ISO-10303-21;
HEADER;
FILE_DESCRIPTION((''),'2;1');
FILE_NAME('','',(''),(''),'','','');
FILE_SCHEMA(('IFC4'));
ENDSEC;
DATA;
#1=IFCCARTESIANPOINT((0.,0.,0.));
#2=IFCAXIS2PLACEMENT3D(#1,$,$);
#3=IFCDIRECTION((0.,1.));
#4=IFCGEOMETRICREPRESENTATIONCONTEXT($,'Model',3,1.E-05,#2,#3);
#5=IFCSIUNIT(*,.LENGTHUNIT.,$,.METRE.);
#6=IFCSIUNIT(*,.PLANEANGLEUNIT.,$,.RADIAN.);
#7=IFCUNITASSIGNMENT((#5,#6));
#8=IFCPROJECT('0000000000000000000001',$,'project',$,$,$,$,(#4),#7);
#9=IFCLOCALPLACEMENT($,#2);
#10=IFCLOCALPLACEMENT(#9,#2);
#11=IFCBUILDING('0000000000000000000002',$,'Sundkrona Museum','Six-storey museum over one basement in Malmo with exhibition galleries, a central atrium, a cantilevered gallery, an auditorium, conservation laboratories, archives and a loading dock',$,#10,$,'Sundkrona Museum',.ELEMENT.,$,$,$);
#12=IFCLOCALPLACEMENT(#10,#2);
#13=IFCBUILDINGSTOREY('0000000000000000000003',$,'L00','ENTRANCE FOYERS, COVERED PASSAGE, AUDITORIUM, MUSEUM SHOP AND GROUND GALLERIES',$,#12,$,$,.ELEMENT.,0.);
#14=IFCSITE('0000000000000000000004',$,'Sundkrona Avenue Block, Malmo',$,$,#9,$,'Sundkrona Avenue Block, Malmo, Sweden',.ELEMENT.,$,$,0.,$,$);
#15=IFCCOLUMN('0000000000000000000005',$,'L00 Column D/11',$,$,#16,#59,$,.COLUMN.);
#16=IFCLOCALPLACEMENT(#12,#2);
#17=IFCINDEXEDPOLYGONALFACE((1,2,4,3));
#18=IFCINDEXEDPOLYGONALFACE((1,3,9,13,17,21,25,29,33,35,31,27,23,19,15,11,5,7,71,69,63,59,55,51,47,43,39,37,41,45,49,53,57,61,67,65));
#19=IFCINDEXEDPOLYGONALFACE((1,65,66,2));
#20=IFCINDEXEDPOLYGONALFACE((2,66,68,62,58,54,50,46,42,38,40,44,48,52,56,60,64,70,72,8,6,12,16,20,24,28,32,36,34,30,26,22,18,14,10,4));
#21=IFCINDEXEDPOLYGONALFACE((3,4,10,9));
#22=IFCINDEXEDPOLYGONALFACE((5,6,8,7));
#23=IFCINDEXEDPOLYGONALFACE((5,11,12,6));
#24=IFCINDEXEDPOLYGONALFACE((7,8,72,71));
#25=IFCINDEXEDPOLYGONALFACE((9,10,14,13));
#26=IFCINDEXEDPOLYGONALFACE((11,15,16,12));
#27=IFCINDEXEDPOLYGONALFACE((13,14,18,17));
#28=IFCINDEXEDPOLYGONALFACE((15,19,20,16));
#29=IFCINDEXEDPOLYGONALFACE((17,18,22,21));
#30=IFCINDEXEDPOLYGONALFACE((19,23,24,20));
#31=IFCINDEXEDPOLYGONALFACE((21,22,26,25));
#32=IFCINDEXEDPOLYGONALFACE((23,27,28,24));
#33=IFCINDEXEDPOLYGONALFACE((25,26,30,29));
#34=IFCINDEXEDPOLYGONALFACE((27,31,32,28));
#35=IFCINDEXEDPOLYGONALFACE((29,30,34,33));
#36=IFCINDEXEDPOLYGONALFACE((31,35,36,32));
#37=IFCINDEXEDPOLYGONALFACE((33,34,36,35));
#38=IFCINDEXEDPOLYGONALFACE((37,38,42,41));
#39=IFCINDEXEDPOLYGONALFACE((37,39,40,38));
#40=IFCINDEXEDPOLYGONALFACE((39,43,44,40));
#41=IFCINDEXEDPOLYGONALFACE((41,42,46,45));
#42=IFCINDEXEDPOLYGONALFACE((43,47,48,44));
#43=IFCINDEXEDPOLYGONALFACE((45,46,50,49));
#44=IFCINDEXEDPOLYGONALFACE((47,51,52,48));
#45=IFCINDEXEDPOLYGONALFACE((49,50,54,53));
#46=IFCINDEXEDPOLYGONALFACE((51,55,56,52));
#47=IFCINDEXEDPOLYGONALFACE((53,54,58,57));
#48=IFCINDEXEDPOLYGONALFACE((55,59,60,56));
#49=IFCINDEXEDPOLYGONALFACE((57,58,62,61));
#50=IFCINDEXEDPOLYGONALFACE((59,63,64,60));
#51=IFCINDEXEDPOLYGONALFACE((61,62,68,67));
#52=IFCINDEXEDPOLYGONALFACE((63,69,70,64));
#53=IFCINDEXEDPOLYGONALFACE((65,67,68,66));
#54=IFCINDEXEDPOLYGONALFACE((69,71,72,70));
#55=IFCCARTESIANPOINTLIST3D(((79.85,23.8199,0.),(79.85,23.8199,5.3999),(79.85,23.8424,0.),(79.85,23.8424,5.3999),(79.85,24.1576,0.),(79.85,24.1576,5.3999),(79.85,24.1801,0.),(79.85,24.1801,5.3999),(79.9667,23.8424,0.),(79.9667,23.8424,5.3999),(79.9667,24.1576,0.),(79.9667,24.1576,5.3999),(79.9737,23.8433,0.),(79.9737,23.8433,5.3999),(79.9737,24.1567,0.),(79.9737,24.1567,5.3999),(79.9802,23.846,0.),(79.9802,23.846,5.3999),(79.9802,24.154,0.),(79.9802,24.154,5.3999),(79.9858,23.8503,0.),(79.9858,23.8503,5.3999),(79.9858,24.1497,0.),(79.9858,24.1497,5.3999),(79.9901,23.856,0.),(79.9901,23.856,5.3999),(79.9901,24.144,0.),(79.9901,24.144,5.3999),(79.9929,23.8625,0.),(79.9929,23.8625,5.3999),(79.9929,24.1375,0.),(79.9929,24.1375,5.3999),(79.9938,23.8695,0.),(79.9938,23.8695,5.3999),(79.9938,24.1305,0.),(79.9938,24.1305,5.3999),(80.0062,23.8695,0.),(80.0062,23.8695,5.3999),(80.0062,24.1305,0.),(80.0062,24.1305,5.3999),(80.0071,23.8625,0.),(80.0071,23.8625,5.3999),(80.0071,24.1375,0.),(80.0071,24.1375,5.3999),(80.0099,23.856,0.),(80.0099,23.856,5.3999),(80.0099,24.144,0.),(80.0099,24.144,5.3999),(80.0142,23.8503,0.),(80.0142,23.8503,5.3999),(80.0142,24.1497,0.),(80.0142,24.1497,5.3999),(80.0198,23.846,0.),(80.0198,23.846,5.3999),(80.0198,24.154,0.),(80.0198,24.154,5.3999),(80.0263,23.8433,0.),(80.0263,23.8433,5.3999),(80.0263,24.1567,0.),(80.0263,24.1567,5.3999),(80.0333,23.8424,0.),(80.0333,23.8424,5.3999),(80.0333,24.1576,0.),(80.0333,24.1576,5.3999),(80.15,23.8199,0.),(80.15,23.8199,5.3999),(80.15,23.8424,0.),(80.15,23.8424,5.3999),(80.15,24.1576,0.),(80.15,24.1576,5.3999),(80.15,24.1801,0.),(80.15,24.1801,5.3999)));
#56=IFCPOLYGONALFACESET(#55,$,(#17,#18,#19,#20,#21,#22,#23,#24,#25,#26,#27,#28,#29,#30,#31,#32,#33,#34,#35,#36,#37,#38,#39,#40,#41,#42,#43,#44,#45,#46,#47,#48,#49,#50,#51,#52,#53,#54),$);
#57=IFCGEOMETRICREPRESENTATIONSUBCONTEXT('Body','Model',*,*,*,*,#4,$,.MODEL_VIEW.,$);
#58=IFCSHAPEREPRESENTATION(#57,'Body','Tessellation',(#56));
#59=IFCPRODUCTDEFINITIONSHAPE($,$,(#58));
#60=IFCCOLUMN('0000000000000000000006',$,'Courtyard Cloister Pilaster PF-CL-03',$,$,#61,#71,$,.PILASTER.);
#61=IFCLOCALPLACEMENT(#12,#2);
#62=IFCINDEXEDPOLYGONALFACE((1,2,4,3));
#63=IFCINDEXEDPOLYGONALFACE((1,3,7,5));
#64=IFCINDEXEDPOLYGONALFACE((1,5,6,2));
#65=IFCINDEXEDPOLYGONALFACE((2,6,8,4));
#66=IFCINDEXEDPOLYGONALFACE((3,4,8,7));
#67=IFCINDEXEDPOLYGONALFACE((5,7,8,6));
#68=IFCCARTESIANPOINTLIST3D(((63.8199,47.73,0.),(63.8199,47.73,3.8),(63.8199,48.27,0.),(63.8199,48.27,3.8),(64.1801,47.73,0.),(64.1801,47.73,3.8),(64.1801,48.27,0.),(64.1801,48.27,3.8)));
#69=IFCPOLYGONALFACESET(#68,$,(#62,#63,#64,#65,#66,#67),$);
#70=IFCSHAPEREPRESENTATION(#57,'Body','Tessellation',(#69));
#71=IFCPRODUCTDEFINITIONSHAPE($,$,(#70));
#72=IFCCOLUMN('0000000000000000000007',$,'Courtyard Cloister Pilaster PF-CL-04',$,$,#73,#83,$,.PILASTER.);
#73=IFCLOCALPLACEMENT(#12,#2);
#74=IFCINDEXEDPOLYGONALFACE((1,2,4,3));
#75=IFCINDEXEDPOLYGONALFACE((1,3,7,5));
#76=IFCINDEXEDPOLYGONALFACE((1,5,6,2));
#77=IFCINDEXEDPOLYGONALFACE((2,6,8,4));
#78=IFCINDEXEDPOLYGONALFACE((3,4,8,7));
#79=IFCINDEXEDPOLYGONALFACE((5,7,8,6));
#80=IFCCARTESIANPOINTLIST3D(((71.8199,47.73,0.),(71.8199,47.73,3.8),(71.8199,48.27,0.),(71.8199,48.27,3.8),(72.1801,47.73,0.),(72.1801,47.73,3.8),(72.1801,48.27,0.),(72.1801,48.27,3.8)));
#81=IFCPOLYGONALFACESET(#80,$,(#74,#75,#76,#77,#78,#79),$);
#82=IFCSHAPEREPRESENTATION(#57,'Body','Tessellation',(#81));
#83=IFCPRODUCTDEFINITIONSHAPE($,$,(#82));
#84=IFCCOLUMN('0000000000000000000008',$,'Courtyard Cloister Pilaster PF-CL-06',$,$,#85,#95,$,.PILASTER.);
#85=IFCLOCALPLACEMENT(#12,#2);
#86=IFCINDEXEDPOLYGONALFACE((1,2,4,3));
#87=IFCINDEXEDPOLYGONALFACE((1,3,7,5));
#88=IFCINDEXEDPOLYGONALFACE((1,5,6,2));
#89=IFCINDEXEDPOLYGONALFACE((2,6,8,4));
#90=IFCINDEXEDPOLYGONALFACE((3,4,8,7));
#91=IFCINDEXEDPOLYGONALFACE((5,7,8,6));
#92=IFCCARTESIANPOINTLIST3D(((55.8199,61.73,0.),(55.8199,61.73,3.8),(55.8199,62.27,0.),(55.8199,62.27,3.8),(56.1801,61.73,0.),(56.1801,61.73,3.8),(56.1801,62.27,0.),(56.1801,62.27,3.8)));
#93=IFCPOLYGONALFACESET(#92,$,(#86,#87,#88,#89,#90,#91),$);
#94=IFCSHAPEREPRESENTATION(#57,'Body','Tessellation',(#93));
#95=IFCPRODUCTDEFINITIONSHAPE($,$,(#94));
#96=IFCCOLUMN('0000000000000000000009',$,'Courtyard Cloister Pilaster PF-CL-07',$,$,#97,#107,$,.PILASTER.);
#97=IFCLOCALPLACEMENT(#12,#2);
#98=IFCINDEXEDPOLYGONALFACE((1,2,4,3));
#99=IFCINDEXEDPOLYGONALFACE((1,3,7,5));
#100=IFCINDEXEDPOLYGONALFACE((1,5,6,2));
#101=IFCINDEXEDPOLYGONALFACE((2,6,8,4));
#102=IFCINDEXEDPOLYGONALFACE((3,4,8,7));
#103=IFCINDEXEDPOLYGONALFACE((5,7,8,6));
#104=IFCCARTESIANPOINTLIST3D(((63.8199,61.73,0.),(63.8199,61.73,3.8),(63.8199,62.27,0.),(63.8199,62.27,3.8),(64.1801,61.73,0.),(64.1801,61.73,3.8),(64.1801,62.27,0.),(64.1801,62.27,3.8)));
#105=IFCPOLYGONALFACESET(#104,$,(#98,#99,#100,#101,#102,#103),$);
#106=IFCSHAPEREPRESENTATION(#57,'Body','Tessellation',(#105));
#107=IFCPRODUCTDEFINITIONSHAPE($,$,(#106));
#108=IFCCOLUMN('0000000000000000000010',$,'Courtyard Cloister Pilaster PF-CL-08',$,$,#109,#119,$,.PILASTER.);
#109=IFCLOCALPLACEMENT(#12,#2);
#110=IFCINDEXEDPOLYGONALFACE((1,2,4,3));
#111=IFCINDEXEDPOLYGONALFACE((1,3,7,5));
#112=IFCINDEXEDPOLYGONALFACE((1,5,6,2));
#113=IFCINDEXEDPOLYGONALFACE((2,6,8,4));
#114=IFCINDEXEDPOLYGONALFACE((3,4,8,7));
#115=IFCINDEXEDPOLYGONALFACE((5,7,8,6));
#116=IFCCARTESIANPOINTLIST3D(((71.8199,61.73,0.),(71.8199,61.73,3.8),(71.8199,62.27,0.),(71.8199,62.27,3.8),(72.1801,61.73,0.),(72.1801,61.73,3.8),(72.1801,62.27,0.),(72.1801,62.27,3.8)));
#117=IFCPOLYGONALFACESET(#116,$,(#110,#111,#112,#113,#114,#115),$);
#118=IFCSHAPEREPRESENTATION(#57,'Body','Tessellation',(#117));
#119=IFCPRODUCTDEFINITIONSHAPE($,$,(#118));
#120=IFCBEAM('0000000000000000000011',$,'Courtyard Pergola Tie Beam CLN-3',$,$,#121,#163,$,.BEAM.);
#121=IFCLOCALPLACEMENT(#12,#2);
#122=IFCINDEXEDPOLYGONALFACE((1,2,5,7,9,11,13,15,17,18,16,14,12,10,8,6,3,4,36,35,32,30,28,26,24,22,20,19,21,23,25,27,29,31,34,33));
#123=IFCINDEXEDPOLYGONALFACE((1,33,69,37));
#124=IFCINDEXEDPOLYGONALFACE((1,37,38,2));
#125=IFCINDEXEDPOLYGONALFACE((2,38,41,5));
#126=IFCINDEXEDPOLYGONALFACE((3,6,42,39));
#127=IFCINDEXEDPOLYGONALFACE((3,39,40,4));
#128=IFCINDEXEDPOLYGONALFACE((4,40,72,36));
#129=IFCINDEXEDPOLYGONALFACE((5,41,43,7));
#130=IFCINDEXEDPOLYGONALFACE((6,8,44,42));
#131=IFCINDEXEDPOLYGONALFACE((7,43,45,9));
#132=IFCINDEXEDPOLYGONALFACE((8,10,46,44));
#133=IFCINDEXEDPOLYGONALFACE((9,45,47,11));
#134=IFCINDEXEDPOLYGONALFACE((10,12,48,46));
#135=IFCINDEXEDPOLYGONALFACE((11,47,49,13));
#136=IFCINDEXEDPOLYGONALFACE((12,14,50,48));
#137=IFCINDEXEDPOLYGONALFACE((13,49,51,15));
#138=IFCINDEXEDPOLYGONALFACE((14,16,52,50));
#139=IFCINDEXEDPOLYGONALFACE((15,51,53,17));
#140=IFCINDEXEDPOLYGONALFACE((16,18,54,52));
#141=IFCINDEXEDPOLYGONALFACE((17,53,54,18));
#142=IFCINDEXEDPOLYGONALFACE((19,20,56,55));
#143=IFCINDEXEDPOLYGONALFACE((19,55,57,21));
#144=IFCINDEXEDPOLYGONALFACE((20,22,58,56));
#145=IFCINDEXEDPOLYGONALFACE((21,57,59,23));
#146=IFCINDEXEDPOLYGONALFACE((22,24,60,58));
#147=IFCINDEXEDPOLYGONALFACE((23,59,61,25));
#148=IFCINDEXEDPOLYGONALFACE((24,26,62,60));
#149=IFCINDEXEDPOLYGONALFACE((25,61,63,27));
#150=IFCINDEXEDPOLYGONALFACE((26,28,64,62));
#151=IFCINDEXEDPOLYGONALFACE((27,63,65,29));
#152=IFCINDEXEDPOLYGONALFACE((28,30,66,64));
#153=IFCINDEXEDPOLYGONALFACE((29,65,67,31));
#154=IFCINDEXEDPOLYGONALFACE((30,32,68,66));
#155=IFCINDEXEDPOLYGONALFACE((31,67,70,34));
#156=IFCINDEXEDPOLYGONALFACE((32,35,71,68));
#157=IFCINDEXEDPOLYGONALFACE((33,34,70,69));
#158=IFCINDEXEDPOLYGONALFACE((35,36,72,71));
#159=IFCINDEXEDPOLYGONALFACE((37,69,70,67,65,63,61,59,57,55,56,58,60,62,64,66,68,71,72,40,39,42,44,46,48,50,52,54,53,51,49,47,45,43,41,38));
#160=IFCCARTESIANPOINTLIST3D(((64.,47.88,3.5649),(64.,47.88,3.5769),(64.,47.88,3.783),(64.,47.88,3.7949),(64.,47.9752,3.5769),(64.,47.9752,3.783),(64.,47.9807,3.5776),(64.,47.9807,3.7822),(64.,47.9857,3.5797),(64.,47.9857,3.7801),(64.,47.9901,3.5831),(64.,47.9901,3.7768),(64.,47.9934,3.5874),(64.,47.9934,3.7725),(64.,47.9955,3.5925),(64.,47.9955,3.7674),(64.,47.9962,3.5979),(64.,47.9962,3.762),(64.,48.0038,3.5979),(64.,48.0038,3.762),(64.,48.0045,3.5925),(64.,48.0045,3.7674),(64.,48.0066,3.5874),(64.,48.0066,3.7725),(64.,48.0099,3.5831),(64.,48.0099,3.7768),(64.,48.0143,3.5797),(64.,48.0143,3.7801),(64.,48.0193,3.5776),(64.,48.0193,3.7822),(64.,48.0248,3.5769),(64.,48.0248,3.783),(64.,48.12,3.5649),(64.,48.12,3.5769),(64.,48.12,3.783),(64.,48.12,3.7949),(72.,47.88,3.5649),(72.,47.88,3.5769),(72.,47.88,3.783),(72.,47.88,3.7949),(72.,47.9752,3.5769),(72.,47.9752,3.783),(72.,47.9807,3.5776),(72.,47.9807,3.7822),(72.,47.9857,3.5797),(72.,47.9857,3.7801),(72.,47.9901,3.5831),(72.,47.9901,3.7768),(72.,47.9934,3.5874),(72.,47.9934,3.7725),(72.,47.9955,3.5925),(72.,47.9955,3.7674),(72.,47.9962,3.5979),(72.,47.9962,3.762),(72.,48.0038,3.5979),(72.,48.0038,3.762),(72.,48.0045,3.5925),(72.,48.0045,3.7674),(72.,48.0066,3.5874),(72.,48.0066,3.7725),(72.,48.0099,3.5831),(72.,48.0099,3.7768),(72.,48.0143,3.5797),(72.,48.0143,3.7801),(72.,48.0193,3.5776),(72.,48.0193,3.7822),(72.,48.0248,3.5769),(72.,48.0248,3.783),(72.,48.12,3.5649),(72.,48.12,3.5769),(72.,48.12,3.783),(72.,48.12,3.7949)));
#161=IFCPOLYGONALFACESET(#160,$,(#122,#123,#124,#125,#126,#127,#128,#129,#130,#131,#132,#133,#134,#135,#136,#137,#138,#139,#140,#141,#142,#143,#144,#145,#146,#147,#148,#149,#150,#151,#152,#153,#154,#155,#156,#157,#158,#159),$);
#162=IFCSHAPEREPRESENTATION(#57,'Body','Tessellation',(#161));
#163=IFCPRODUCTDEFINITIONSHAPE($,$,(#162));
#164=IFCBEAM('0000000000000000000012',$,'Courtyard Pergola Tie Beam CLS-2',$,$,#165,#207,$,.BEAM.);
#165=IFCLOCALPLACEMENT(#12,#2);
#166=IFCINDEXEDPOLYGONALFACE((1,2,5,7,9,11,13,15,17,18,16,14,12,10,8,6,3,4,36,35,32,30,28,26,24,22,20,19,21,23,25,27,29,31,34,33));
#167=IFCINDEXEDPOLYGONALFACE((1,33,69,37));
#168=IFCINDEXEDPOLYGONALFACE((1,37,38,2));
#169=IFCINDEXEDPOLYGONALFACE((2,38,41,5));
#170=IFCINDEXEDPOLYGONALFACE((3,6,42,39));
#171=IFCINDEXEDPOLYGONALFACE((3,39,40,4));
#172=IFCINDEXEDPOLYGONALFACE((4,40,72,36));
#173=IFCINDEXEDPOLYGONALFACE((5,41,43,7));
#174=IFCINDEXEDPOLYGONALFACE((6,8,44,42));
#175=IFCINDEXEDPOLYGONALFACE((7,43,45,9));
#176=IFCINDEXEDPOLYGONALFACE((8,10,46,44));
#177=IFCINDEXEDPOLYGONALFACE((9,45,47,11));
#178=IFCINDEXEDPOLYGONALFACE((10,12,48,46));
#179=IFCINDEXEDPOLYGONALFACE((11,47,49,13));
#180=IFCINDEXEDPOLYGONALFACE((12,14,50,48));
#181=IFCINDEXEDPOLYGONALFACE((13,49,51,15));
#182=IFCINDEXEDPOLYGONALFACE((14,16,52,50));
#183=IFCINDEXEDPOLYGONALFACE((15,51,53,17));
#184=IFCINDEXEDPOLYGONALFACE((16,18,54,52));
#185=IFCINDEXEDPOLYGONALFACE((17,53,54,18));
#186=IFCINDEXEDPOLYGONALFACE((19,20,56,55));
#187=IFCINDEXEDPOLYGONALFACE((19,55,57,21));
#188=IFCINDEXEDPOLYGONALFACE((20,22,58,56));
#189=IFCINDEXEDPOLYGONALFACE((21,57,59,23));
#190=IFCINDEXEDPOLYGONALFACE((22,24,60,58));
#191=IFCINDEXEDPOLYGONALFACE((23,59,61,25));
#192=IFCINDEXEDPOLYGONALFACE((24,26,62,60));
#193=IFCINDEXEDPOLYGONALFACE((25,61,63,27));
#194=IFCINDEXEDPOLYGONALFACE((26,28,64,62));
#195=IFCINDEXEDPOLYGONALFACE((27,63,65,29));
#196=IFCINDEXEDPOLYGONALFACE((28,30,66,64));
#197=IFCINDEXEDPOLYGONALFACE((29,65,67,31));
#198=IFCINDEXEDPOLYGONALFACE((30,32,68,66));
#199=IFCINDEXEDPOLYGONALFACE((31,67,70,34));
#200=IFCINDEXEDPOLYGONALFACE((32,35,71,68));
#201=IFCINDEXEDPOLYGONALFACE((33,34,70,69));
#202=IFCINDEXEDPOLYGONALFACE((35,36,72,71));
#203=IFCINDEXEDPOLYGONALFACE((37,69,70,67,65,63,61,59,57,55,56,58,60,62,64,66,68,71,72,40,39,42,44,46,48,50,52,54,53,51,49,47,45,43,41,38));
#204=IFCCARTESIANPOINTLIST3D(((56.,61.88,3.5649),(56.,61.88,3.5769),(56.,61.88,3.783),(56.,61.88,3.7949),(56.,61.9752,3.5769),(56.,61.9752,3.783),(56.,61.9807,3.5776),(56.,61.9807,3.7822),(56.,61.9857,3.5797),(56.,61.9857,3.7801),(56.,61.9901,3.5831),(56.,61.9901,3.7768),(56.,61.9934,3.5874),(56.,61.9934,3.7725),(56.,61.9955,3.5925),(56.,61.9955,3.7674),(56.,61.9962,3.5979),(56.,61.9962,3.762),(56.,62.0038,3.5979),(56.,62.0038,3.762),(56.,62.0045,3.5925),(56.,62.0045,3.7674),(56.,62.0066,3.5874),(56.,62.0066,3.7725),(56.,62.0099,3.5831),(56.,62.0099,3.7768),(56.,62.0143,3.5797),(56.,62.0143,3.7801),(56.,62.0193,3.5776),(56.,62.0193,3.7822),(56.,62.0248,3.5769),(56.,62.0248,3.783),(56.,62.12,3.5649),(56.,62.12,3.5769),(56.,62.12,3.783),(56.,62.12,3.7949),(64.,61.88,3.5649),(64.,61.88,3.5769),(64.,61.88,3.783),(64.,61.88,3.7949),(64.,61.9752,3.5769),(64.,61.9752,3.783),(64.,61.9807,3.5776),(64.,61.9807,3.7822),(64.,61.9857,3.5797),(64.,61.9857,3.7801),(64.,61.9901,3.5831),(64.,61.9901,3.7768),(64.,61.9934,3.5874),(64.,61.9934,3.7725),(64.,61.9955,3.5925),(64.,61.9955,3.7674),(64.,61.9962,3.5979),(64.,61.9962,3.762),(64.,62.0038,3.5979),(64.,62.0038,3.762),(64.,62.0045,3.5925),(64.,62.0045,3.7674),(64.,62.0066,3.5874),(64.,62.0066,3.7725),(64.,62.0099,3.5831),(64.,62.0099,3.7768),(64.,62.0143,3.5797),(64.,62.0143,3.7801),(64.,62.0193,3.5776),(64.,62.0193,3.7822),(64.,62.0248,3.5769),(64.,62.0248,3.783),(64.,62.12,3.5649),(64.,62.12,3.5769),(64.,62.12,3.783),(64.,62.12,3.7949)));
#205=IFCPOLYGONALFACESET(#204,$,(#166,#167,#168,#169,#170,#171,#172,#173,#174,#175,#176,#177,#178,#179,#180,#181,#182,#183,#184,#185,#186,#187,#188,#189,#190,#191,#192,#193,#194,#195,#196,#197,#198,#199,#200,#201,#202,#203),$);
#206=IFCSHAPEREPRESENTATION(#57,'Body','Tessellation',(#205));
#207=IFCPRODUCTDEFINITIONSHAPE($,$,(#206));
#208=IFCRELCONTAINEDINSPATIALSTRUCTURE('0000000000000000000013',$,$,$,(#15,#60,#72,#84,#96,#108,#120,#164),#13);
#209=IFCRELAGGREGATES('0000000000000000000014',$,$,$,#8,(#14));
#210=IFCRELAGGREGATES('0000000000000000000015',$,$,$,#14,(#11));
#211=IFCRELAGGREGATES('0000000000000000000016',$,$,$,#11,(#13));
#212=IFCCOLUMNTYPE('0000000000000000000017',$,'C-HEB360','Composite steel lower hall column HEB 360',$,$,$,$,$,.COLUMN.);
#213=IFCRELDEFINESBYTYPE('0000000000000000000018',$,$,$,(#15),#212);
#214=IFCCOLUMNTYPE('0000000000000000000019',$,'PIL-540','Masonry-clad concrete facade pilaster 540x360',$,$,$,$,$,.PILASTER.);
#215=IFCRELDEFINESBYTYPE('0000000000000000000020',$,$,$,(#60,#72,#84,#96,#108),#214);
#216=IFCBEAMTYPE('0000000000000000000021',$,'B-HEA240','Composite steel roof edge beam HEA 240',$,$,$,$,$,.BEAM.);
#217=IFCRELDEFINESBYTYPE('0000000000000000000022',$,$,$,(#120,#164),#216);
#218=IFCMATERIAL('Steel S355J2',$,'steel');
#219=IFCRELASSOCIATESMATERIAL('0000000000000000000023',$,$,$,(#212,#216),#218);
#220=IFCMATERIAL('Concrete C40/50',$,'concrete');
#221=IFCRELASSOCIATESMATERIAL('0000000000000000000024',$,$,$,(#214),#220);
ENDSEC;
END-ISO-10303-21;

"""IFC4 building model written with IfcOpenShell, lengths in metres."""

from ifc_helpers import new_model, si_unit, direction, frame, origin, origin_2d, place, context, subcontext, project, spatial, rectangle, i_section, extrude, material, material_profile, profile_set, type_object, element, save


model = new_model("IFC4")

# Units and contexts
model_context = context("Model", 3, precision=1e-05, world=origin(), true_north=direction((0.0, 1.0)))
body_context = subcontext(model_context, "Body", "Model", "MODEL_VIEW")
ifc_project = project(units=[si_unit("LENGTHUNIT", "METRE"), si_unit("PLANEANGLEUNIT", "RADIAN")], contexts=[model_context])

# Site, building, storey
site_placement = place(None, origin())
site = spatial("IfcSite", under=ifc_project, at=site_placement, Name="Sundkrona Avenue Block, Malmo", LongName="Sundkrona Avenue Block, Malmo, Sweden", CompositionType="ELEMENT", RefElevation=0.0)
building_placement = place(site_placement, origin())
building = spatial("IfcBuilding", under=site, at=building_placement, Name="Sundkrona Museum", Description="Six-storey museum over one basement in Malmo with exhibition galleries, a central atrium, a cantilevered gallery, an auditorium, conservation laboratories, archives and a loading dock", LongName="Sundkrona Museum", CompositionType="ELEMENT")
storey_placement = place(building_placement, origin())
storey = spatial("IfcBuildingStorey", under=building, at=storey_placement, Name="L00", Description="ENTRANCE FOYERS, COVERED PASSAGE, AUDITORIUM, MUSEUM SHOP AND GROUND GALLERIES", CompositionType="ELEMENT", Elevation=0.0)

# Columns
ifc_material_1 = material(Name="Steel S355J2", Category="steel")
ifc_material_profile_1 = material_profile(ifc_material_1, i_section(OverallWidth=0.3, OverallDepth=0.3601, WebThickness=0.0125, FlangeThickness=0.0225, FilletRadius=0.0271, at=origin_2d()), Name="HEB 360")
ifc_profile_set_1 = profile_set([ifc_material_profile_1], Name="Steel S355J2")
column_type_1 = type_object("IfcColumnType", Name="C-HEB360", Description="Composite steel lower hall column HEB 360", PredefinedType="COLUMN", material=ifc_profile_set_1)
column_placement = place(storey_placement, frame((80.0, 24.0, 0.0), z_axis=(0.0, 0.0, 1.0), x_axis=(1.0, 0.0, 0.0)))
element("IfcColumn", 1, at=column_placement, inside=storey, type_object=column_type_1, Name="L00 Column D/11", PredefinedType="COLUMN", context=body_context, shape_type="SweptSolid", body=[
    extrude(i_section(OverallWidth=0.3, OverallDepth=0.3601, WebThickness=0.0125, FlangeThickness=0.0225, FilletRadius=0.0271, at=origin_2d()), origin(), (0.0, 0.0, 1.0), 5.3999),
])
ifc_material_2 = material(Name="Concrete C40/50", Category="concrete")
ifc_material_profile_2 = material_profile(ifc_material_2, rectangle(XDim=0.3601, YDim=0.54, at=origin_2d()), Name="RC 540x360")
ifc_profile_set_2 = profile_set([ifc_material_profile_2], Name="Concrete C40/50")
column_type_2 = type_object("IfcColumnType", Name="PIL-540", Description="Masonry-clad concrete facade pilaster 540x360", PredefinedType="PILASTER", material=ifc_profile_set_2)
for number, where, z_axis, x_axis, name in (
    (2, (64.0, 48.0, 0.0), (0.0, 0.0, 1.0), (1.0, 0.0, 0.0), "Courtyard Cloister Pilaster PF-CL-03"),
    (3, (72.0, 48.0, 0.0), (0.0, 0.0, 1.0), (1.0, 0.0, 0.0), "Courtyard Cloister Pilaster PF-CL-04"),
    (4, (56.0, 62.0, 0.0), (0.0, 0.0, 1.0), (1.0, 0.0, 0.0), "Courtyard Cloister Pilaster PF-CL-06"),
    (5, (64.0, 62.0, 0.0), (0.0, 0.0, 1.0), (1.0, 0.0, 0.0), "Courtyard Cloister Pilaster PF-CL-07"),
    (6, (72.0, 62.0, 0.0), (0.0, 0.0, 1.0), (1.0, 0.0, 0.0), "Courtyard Cloister Pilaster PF-CL-08"),
):
    element("IfcColumn", number, at=place(storey_placement, frame(where, z_axis=z_axis, x_axis=x_axis)), inside=storey, type_object=column_type_2, Name=name, PredefinedType="PILASTER", context=body_context, shape_type="SweptSolid", body=[
        extrude(rectangle(XDim=0.3601, YDim=0.54, at=origin_2d()), origin(), (0.0, 0.0, 1.0), 3.8),
    ])

# Beams
ifc_material_profile_3 = material_profile(ifc_material_1, i_section(OverallWidth=0.24, OverallDepth=0.23, WebThickness=0.0076, FlangeThickness=0.012, FilletRadius=0.021, at=origin_2d()), Name="HEA 240")
ifc_profile_set_3 = profile_set([ifc_material_profile_3], Name="Steel S355J2")
beam_type_1 = type_object("IfcBeamType", Name="B-HEA240", Description="Composite steel roof edge beam HEA 240", PredefinedType="BEAM", material=ifc_profile_set_3)
for number, where, z_axis, x_axis, name in (
    (7, (64.0, 48.0, 3.6799), (1.0, 0.0, 0.0), (0.0, 1.0, 0.0), "Courtyard Pergola Tie Beam CLN-3"),
    (8, (56.0, 62.0, 3.6799), (1.0, 0.0, 0.0), (0.0, 1.0, 0.0), "Courtyard Pergola Tie Beam CLS-2"),
):
    element("IfcBeam", number, at=place(storey_placement, frame(where, z_axis=z_axis, x_axis=x_axis)), inside=storey, type_object=beam_type_1, Name=name, PredefinedType="BEAM", context=body_context, shape_type="SweptSolid", body=[
        extrude(i_section(OverallWidth=0.24, OverallDepth=0.23, WebThickness=0.0076, FlangeThickness=0.012, FilletRadius=0.021, at=origin_2d()), origin(), (0.0, 0.0, 1.0), 8.0),
    ])

save(model, "model.ifc")
